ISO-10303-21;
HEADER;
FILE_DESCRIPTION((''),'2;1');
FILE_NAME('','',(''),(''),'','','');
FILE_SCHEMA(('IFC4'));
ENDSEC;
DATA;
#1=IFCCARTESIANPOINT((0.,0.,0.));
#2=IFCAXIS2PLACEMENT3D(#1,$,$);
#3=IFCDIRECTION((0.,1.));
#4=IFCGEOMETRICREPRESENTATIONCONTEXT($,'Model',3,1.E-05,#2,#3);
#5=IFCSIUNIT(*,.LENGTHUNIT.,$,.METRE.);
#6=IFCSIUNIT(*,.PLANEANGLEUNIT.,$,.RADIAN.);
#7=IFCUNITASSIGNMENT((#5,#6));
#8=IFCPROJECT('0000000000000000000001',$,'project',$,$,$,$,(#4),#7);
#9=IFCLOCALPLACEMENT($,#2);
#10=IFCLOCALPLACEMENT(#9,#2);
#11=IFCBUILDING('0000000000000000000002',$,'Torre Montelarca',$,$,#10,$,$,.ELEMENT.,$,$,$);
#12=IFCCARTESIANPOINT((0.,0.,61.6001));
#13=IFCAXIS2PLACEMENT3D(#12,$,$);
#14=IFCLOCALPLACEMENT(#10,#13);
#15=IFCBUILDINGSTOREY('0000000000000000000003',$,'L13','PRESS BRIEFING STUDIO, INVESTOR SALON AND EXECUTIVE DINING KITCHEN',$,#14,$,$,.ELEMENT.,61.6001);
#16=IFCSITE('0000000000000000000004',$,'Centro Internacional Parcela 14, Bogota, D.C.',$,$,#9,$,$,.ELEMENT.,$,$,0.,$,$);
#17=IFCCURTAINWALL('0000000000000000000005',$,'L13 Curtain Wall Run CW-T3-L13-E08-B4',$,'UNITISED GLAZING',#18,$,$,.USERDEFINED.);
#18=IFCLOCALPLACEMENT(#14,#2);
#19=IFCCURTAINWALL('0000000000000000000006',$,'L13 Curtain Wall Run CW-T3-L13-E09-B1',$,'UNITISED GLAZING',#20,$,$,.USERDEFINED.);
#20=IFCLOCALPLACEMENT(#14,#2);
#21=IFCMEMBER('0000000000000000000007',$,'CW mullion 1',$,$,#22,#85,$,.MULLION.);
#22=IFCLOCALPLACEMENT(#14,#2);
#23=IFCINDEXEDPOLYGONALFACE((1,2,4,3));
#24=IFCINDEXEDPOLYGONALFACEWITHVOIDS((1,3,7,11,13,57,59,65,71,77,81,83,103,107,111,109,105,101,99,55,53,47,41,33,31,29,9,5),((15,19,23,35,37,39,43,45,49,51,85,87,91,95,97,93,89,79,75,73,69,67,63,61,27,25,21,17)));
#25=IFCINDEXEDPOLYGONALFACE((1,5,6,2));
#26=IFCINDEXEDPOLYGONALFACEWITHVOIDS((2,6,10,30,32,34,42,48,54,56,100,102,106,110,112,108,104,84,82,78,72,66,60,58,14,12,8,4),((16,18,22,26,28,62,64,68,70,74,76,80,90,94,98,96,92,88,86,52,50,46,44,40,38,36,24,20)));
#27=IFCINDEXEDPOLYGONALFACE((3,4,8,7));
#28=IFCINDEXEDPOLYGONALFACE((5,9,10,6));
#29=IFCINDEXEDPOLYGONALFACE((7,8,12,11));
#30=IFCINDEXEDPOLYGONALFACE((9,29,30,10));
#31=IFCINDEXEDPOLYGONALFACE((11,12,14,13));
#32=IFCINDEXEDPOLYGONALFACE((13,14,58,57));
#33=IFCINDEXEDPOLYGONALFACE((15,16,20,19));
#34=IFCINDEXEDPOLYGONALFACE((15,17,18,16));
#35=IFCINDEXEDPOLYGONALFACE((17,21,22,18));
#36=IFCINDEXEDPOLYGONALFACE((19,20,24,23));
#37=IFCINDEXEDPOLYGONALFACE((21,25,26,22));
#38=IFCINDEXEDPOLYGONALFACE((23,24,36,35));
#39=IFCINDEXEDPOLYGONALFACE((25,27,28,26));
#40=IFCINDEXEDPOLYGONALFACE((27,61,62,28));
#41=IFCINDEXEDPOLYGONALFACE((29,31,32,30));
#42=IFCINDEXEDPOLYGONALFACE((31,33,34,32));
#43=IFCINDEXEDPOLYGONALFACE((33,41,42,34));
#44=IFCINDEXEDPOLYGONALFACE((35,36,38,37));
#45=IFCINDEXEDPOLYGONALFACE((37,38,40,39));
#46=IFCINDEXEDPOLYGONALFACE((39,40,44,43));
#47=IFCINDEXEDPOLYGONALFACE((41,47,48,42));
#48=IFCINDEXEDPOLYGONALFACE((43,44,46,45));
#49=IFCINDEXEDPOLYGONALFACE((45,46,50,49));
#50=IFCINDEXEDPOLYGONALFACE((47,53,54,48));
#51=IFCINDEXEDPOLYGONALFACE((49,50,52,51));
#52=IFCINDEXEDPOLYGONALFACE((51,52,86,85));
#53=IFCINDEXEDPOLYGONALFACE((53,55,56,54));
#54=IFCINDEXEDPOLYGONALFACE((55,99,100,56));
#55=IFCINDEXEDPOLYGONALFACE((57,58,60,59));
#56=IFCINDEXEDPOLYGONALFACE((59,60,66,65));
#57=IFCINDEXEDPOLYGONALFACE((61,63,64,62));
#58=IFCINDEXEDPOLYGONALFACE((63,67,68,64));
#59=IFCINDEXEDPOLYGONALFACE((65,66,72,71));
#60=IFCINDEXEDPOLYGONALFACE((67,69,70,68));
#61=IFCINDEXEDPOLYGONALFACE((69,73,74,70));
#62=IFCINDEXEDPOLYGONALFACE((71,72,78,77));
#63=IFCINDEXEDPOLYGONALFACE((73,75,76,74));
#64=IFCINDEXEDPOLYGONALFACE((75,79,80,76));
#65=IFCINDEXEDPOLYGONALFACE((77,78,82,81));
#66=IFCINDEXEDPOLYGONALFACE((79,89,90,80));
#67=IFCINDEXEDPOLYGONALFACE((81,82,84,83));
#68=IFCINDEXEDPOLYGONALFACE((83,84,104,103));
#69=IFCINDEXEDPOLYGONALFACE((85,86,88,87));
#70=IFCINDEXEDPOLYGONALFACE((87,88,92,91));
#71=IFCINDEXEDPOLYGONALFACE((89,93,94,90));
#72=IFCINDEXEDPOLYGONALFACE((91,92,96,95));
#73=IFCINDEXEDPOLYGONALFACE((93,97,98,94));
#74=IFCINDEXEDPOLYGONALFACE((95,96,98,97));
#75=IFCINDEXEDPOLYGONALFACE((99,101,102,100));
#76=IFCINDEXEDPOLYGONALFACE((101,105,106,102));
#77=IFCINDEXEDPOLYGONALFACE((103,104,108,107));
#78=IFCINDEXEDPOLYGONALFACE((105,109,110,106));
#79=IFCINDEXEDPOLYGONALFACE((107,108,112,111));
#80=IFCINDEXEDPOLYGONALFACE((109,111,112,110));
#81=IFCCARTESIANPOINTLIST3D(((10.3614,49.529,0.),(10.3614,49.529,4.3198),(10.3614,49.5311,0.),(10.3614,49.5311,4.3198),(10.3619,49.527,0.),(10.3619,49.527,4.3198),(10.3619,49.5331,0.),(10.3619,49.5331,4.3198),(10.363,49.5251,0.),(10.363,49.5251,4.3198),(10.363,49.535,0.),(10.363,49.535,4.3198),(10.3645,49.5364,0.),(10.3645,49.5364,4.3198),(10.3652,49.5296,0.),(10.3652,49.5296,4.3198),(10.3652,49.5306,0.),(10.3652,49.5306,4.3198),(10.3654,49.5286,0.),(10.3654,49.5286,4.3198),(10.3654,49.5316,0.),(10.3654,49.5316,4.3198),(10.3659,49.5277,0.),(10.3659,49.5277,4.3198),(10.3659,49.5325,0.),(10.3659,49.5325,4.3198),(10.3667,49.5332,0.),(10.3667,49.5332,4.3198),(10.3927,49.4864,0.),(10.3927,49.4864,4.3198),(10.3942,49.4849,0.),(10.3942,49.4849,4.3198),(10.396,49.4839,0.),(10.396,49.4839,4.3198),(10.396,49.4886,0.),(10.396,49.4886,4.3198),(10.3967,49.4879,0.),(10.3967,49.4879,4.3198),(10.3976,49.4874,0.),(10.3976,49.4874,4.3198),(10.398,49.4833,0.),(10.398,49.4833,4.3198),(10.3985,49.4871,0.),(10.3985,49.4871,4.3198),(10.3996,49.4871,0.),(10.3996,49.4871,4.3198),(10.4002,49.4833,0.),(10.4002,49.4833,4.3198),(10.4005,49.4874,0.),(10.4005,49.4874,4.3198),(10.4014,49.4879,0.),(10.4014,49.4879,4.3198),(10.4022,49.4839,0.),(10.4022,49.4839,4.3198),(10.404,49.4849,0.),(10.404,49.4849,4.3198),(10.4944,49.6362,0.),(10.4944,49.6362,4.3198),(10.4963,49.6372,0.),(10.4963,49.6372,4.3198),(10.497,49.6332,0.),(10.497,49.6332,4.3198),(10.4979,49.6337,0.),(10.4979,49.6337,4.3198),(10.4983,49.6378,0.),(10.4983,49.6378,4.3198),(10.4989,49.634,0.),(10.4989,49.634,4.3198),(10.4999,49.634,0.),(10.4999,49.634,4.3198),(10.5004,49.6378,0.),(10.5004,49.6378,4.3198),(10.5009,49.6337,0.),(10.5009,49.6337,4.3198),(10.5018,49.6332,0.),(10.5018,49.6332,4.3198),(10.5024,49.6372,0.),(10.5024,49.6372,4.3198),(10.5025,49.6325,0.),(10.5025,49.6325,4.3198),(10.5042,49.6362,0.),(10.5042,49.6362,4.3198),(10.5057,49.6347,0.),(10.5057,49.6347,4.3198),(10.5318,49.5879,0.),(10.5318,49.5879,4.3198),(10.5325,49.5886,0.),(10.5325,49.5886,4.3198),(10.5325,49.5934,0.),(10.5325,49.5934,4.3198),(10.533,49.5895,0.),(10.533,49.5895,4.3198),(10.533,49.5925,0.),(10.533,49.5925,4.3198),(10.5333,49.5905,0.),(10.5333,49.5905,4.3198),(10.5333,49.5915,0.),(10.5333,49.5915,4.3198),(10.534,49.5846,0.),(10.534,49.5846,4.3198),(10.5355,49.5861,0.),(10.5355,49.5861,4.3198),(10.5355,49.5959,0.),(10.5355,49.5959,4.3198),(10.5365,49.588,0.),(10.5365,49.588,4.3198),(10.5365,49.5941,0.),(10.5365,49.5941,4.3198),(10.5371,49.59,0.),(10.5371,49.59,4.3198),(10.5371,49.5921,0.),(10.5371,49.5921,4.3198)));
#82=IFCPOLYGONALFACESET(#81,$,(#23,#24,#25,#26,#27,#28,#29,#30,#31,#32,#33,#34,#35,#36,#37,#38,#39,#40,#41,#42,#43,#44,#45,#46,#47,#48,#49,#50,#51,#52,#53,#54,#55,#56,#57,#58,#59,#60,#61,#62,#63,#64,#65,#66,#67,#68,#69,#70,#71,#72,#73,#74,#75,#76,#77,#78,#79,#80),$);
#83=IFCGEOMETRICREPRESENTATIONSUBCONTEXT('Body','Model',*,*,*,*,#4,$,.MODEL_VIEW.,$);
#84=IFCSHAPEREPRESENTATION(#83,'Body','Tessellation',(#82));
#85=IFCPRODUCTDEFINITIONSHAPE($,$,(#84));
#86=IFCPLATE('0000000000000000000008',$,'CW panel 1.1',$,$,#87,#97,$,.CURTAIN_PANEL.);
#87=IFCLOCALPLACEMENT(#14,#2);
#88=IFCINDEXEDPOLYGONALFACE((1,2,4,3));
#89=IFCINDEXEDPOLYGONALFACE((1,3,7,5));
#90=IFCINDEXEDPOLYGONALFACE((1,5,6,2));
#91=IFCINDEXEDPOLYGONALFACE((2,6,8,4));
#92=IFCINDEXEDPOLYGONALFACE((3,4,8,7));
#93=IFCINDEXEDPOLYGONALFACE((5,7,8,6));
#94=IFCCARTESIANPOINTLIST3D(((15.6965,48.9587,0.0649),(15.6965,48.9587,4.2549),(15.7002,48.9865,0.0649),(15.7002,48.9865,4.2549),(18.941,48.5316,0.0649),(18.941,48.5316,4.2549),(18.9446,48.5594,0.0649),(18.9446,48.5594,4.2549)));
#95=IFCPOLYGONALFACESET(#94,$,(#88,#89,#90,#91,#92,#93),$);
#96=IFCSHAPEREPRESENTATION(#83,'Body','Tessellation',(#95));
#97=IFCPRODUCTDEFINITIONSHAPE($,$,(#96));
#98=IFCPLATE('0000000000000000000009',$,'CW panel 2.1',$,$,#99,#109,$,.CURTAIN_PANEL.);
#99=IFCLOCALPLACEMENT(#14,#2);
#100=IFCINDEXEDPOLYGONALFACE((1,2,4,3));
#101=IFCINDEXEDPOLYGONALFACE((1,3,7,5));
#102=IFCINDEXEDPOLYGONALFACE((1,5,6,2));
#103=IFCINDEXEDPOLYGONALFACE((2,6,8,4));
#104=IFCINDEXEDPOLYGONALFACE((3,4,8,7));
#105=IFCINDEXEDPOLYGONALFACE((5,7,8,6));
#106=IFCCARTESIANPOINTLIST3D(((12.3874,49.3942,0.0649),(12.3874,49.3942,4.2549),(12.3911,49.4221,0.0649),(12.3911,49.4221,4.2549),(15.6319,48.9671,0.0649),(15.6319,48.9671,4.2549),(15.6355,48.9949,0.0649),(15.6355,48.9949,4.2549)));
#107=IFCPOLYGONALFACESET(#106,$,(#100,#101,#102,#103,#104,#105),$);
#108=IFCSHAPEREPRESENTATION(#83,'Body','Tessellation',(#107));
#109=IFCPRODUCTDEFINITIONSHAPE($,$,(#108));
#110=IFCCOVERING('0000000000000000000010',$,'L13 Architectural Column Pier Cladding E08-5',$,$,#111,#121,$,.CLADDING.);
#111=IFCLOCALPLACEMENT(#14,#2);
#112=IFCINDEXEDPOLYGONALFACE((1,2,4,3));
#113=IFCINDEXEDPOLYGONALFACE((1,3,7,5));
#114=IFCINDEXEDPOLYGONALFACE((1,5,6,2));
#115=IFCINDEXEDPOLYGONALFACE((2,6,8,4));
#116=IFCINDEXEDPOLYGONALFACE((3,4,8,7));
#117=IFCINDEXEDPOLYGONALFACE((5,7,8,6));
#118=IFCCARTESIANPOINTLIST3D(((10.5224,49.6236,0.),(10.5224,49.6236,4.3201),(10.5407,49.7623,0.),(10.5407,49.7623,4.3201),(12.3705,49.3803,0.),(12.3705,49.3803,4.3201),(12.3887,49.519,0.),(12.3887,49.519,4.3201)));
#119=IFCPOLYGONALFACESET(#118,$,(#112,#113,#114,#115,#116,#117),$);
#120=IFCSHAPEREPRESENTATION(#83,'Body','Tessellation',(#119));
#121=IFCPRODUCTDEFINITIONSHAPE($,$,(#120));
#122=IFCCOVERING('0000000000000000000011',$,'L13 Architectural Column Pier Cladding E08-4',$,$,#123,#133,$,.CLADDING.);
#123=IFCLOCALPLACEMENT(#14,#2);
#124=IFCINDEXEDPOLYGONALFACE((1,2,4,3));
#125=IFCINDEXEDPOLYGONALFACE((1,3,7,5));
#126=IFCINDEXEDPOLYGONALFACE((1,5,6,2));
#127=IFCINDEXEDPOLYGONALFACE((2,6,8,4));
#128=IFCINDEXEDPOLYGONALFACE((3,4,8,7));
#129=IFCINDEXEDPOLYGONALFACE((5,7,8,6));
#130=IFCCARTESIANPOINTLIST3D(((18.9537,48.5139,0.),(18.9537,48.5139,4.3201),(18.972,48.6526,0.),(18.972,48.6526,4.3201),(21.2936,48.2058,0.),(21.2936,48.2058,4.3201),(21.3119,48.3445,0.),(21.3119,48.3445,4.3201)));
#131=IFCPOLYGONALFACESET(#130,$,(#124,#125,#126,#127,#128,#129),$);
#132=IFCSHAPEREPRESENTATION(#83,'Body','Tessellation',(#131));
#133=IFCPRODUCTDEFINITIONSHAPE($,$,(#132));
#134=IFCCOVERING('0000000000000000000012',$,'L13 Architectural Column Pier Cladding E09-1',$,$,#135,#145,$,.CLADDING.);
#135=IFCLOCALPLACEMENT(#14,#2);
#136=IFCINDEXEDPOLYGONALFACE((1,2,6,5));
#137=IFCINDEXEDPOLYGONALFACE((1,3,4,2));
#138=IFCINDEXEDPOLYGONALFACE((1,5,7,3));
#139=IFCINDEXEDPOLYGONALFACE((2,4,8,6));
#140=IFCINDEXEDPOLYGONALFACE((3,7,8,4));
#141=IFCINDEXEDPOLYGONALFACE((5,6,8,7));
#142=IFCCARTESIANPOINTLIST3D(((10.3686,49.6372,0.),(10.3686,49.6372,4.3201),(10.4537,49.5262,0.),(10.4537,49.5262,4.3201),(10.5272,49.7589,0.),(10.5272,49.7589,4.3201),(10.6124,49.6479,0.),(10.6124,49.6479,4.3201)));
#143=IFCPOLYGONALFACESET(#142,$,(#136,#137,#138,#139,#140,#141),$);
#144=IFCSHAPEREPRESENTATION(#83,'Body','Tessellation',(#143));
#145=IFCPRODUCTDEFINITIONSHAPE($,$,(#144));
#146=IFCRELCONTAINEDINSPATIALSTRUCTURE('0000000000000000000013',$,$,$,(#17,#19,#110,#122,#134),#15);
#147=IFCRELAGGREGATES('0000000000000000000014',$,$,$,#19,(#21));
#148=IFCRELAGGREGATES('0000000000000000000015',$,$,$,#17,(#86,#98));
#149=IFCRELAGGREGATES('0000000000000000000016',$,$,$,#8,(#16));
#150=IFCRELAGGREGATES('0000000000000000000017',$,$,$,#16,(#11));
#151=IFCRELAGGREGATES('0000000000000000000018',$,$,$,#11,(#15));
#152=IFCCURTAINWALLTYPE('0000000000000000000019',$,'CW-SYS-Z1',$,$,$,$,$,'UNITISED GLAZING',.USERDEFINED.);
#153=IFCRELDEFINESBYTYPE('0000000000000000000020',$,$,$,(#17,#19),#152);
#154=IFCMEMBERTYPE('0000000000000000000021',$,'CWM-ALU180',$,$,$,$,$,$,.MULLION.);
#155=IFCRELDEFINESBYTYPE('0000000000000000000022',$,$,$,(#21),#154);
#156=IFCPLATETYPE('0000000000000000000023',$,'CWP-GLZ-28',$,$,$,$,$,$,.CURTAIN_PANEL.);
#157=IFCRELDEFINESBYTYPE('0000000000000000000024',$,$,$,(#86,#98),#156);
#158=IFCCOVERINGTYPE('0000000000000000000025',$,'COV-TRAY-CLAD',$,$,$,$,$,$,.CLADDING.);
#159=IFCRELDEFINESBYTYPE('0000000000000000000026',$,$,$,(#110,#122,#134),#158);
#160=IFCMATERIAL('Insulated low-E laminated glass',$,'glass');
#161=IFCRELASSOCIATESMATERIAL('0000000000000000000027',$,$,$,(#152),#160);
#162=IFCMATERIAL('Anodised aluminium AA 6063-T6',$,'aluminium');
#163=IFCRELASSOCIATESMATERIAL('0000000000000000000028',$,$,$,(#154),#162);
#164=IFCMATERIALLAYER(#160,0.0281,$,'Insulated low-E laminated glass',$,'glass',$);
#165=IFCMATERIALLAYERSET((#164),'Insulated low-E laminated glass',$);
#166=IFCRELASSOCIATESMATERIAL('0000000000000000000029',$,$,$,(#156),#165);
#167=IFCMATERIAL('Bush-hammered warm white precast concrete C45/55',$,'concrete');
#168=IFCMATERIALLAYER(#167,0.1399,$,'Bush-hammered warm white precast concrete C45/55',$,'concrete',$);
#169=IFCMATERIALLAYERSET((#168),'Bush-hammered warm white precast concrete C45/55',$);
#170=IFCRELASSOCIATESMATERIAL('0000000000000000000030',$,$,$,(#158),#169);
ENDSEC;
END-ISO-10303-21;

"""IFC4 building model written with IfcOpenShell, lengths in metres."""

from ifc_helpers import new_model, si_unit, direction, frame, origin, origin_2d, place, context, subcontext, project, spatial, rectangle, hollow_rectangle, extrude, source, transform, mapped, material, layer, layer_set, material_profile, profile_set, type_object, element, aggregate, save


model = new_model("IFC4")

# Units and contexts
model_context = context("Model", 3, precision=1e-05, world=origin(), true_north=direction((0.0, 1.0)))
body_context = subcontext(model_context, "Body", "Model", "MODEL_VIEW")
ifc_project = project(units=[si_unit("LENGTHUNIT", "METRE"), si_unit("PLANEANGLEUNIT", "RADIAN")], contexts=[model_context])

# Site, building, storey
site_placement = place(None, origin())
site = spatial("IfcSite", under=ifc_project, at=site_placement, Name="Centro Internacional Parcela 14, Bogota, D.C.", CompositionType="ELEMENT", RefElevation=0.0)
building_placement = place(site_placement, origin())
building = spatial("IfcBuilding", under=site, at=building_placement, Name="Torre Montelarca", CompositionType="ELEMENT")
storey_placement = place(building_placement, frame((0.0, 0.0, 61.6001)))
storey = spatial("IfcBuildingStorey", under=building, at=storey_placement, Name="L13", Description="PRESS BRIEFING STUDIO, INVESTOR SALON AND EXECUTIVE DINING KITCHEN", CompositionType="ELEMENT", Elevation=61.6001)

# Curtain walls
ifc_material_1 = material(Name="Insulated low-E laminated glass", Category="glass")
curtain_wall_type = type_object("IfcCurtainWallType", Name="CW-SYS-Z1", ElementType="UNITISED GLAZING", PredefinedType="USERDEFINED", material=ifc_material_1)
curtain_wall_1_placement = place(storey_placement, origin())
curtain_wall_1 = element("IfcCurtainWall", 1, at=curtain_wall_1_placement, inside=storey, type_object=curtain_wall_type, Name="L13 Curtain Wall Run CW-T3-L13-E08-B4", ObjectType="UNITISED GLAZING", PredefinedType="USERDEFINED")
ifc_material_2 = material(Name="Anodised aluminium AA 6063-T6", Category="aluminium")
curtain_wall_2_placement = place(storey_placement, origin())
curtain_wall_2 = element("IfcCurtainWall", 2, at=curtain_wall_2_placement, inside=storey, type_object=curtain_wall_type, Name="L13 Curtain Wall Run CW-T3-L13-E09-B1", ObjectType="UNITISED GLAZING", PredefinedType="USERDEFINED")

# Member
ifc_material_profile_1 = material_profile(ifc_material_2, hollow_rectangle(XDim=0.0649, YDim=0.1799, WallThickness=0.0039, InnerFilletRadius=0.0039, OuterFilletRadius=0.0081, at=origin_2d()), Name="ALU65X180X4", Category="aluminium")
ifc_profile_set_1 = profile_set([ifc_material_profile_1], Name="Anodised aluminium AA 6063-T6")
member_type_1 = type_object("IfcMemberType", Name="CWM-ALU180", PredefinedType="MULLION", material=ifc_profile_set_1)
shared_shape_1 = source(origin(), body_context, "Body", "SweptSolid", [
    extrude(hollow_rectangle(XDim=0.0649, YDim=0.1799, WallThickness=0.0039, InnerFilletRadius=0.0039, OuterFilletRadius=0.0081, at=origin_2d()), origin(), (0.0, 0.0, 1.0), 4.3198),
])
member_1_placement = place(storey_placement, frame((10.4492, 49.5605, 0.0), z_axis=(0.0, 0.0, 1.0), x_axis=(0.608764, -0.793351, 0.0)))
member_1 = element("IfcMember", 3, at=member_1_placement, type_object=member_type_1, Name="CW mullion 1", PredefinedType="MULLION", context=body_context, shape_type="MappedRepresentation", body=[
    mapped(shared_shape_1, transform((0.0, 0.0, 0.0), scale=1.0)),
])
aggregate(curtain_wall_2, [member_1])

# Plates
ifc_layer_1 = layer(ifc_material_1, 0.0281, Name="Insulated low-E laminated glass", Category="glass")
ifc_layer_set_1 = layer_set([ifc_layer_1], Name="Insulated low-E laminated glass")
plate_type = type_object("IfcPlateType", Name="CWP-GLZ-28", PredefinedType="CURTAIN_PANEL", material=ifc_layer_set_1)
shared_shape_2 = source(origin(), body_context, "Body", "SweptSolid", [
    extrude(rectangle(XDim=3.2725, YDim=0.0281, at=origin_2d()), origin(), (0.0, 0.0, 1.0), 4.1899),
])
plate_1_placement = place(storey_placement, frame((17.3206, 48.759, 0.0649), z_axis=(0.0, 0.0, 1.0), x_axis=(-0.991446, 0.130518, 0.0)))
plate_1 = element("IfcPlate", 4, at=plate_1_placement, type_object=plate_type, Name="CW panel 1.1", PredefinedType="CURTAIN_PANEL", context=body_context, shape_type="MappedRepresentation", body=[
    mapped(shared_shape_2, transform((0.0, 0.0, 0.0), scale=1.0)),
])
plate_2_placement = place(storey_placement, frame((14.0115, 49.1946, 0.0649), z_axis=(0.0, 0.0, 1.0), x_axis=(-0.991446, 0.130518, 0.0)))
plate_2 = element("IfcPlate", 5, at=plate_2_placement, type_object=plate_type, Name="CW panel 2.1", PredefinedType="CURTAIN_PANEL", context=body_context, shape_type="MappedRepresentation", body=[
    mapped(shared_shape_2, transform((0.0, 0.0, 0.0), scale=1.0)),
])
aggregate(curtain_wall_1, [plate_1, plate_2])

# Coverings
ifc_material_3 = material(Name="Bush-hammered warm white precast concrete C45/55", Category="concrete")
ifc_layer_2 = layer(ifc_material_3, 0.1399, Name="Bush-hammered warm white precast concrete C45/55", Category="concrete")
ifc_layer_set_2 = layer_set([ifc_layer_2], Name="Bush-hammered warm white precast concrete C45/55")
covering_type = type_object("IfcCoveringType", Name="COV-TRAY-CLAD", PredefinedType="CLADDING", material=ifc_layer_set_2)
shared_shape_3 = source(origin(), body_context, "Body", "SweptSolid", [
    extrude(rectangle(XDim=1.864, YDim=0.1399, at=origin_2d()), origin(), (0.0, 0.0, 1.0), 4.3201),
])
covering_1_placement = place(storey_placement, frame((11.4556, 49.5713, 0.0), z_axis=(0.0, 0.0, 1.0), x_axis=(-0.991445, 0.130526, 0.0)))
element("IfcCovering", 6, at=covering_1_placement, inside=storey, type_object=covering_type, Name="L13 Architectural Column Pier Cladding E08-5", PredefinedType="CLADDING", context=body_context, shape_type="MappedRepresentation", body=[
    mapped(shared_shape_3, transform((0.0, 0.0, 0.0), scale=1.0)),
])
shared_shape_4 = source(origin(), body_context, "Body", "SweptSolid", [
    extrude(rectangle(XDim=2.3601, YDim=0.1399, at=origin_2d()), origin(), (0.0, 0.0, 1.0), 4.3201),
])
covering_2_placement = place(storey_placement, frame((20.1328, 48.4292, 0.0), z_axis=(0.0, 0.0, 1.0), x_axis=(-0.991445, 0.130526, 0.0)))
element("IfcCovering", 7, at=covering_2_placement, inside=storey, type_object=covering_type, Name="L13 Architectural Column Pier Cladding E08-4", PredefinedType="CLADDING", context=body_context, shape_type="MappedRepresentation", body=[
    mapped(shared_shape_4, transform((0.0, 0.0, 0.0), scale=1.0)),
])
shared_shape_5 = source(origin(), body_context, "Body", "SweptSolid", [
    extrude(rectangle(XDim=0.2, YDim=0.1399, at=origin_2d()), origin(), (0.0, 0.0, 1.0), 4.3201),
])
covering_3_placement = place(storey_placement, frame((10.4905, 49.6426, 0.0), z_axis=(0.0, 0.0, 1.0), x_axis=(-0.793344, -0.608774, 0.0)))
element("IfcCovering", 8, at=covering_3_placement, inside=storey, type_object=covering_type, Name="L13 Architectural Column Pier Cladding E09-1", PredefinedType="CLADDING", context=body_context, shape_type="MappedRepresentation", body=[
    mapped(shared_shape_5, transform((0.0, 0.0, 0.0), scale=1.0)),
])

save(model, "model.ifc")
